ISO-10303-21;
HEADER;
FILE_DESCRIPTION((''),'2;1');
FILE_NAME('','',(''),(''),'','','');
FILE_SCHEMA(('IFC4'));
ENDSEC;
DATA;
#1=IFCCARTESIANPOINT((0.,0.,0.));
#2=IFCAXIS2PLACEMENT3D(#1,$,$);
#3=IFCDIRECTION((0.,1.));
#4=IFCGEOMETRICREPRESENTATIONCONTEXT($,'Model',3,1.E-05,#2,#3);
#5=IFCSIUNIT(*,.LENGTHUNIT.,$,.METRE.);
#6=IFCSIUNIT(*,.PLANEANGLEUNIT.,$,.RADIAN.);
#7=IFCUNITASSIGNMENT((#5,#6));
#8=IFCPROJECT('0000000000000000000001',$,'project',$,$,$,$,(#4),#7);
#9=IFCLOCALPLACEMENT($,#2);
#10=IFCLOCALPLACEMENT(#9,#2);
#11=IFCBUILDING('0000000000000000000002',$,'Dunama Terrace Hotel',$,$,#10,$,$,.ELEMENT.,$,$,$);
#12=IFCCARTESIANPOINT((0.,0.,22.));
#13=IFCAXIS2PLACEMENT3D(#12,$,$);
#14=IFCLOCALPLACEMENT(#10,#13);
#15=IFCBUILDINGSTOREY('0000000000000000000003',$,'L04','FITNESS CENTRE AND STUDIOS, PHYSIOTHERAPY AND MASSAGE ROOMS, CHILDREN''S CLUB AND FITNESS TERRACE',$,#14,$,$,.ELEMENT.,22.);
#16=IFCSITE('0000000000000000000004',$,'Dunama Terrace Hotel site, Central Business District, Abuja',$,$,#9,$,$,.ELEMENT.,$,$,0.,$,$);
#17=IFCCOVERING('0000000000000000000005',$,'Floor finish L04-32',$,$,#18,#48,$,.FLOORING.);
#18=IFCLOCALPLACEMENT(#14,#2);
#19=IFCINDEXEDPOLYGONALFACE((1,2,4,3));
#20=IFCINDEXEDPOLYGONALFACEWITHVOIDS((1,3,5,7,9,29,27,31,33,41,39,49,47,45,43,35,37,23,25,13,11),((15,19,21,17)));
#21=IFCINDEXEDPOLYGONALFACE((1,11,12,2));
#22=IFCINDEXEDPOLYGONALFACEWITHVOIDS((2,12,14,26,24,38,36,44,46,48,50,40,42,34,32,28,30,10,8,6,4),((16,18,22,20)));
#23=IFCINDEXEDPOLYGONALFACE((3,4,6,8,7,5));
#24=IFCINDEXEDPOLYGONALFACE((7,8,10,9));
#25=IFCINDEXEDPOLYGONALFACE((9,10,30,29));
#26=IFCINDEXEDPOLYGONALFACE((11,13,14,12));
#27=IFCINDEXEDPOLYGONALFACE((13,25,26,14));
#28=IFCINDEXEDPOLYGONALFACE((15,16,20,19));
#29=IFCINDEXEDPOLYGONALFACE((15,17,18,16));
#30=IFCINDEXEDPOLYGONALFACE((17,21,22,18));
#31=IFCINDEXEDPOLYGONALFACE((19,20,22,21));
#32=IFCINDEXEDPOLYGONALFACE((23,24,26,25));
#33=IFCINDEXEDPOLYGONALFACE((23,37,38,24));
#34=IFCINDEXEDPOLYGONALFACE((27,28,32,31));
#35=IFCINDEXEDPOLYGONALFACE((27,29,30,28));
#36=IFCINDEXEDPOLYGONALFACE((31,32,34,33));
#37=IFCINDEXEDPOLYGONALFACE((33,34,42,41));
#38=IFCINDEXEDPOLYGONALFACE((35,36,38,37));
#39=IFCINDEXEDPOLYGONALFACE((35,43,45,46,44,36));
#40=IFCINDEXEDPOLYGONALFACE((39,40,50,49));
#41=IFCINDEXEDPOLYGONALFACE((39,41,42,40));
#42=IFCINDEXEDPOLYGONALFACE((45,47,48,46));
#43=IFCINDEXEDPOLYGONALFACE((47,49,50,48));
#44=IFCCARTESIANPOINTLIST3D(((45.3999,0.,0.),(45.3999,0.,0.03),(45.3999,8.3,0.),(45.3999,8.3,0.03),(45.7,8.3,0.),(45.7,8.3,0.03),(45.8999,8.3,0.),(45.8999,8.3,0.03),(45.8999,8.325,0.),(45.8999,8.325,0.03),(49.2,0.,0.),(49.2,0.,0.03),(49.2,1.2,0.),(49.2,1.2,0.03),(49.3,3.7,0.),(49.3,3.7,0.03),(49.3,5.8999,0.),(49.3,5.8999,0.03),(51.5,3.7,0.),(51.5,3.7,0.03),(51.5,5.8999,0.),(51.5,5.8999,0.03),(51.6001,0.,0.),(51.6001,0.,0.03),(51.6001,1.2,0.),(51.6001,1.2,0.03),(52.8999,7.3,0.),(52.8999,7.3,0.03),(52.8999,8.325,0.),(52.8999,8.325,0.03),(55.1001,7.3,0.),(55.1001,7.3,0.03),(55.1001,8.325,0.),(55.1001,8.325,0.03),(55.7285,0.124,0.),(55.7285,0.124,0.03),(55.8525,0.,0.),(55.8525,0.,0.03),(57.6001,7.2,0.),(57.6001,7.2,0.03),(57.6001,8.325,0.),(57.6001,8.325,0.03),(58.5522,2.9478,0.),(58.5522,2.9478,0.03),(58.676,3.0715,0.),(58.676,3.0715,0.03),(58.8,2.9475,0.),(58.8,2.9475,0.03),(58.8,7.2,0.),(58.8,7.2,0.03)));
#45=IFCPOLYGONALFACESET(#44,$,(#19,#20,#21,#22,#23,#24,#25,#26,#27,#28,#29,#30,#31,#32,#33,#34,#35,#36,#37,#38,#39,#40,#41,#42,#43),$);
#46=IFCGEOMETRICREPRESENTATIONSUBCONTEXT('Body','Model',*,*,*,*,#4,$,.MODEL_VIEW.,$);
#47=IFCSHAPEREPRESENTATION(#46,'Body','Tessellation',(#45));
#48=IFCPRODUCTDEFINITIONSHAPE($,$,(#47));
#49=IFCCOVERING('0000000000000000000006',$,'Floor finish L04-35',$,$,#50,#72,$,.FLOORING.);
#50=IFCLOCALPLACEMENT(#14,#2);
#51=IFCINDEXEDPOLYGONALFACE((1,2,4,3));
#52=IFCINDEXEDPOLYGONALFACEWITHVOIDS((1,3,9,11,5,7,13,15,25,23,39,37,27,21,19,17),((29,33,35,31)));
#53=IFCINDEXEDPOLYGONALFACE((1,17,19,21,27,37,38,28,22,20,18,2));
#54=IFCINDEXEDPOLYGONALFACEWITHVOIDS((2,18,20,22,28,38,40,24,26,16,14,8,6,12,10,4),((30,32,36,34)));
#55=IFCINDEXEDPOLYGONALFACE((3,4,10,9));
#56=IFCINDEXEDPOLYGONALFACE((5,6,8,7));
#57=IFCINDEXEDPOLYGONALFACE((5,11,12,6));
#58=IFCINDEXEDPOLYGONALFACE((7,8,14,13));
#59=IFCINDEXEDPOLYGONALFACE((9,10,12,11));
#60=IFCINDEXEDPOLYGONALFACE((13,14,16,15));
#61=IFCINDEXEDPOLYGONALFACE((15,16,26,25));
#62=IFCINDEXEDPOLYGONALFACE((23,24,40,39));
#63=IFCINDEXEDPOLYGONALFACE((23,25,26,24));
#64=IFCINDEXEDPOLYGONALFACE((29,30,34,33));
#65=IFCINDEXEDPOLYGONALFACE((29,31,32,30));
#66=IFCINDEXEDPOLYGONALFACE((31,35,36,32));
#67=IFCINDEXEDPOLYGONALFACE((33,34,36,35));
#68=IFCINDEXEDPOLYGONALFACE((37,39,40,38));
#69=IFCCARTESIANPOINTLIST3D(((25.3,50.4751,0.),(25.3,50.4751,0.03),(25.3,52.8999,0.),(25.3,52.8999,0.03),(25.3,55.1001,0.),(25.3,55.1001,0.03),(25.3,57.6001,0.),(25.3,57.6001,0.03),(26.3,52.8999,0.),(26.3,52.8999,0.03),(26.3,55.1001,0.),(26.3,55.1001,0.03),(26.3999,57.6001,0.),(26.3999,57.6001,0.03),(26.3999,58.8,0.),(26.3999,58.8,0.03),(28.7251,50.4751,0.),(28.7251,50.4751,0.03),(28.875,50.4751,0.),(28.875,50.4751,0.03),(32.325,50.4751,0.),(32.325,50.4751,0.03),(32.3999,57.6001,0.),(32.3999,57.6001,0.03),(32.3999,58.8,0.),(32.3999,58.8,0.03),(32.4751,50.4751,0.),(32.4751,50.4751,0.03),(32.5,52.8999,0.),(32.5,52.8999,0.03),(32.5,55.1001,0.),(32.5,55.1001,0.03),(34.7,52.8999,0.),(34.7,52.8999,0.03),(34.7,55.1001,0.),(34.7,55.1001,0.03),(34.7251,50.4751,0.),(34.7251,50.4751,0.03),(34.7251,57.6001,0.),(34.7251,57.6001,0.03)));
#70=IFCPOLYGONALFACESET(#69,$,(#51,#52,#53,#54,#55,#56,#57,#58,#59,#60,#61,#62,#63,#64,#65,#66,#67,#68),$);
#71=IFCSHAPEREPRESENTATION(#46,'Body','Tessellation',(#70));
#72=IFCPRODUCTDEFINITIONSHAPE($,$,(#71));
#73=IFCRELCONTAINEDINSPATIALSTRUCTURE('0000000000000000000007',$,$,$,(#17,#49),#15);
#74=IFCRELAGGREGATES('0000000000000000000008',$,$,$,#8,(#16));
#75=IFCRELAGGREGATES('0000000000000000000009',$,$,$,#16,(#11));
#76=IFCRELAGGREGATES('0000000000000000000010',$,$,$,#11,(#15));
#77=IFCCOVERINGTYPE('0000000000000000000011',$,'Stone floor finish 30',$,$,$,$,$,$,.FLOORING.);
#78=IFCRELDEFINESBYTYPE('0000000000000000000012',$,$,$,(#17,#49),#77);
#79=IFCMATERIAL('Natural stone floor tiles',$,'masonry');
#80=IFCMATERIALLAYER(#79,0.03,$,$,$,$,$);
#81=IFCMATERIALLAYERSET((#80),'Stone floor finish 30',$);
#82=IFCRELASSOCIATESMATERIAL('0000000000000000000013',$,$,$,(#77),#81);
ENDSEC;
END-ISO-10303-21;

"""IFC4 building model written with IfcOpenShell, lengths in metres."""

from ifc_helpers import new_model, si_unit, direction, frame, origin, place, context, subcontext, project, spatial, polyline, outline, extrude, material, layer, layer_set, type_object, element, save


model = new_model("IFC4")

# Units and contexts
model_context = context("Model", 3, precision=1e-05, world=origin(), true_north=direction((0.0, 1.0)))
body_context = subcontext(model_context, "Body", "Model", "MODEL_VIEW")
ifc_project = project(units=[si_unit("LENGTHUNIT", "METRE"), si_unit("PLANEANGLEUNIT", "RADIAN")], contexts=[model_context])

# Site, building, storey
site_placement = place(None, origin())
site = spatial("IfcSite", under=ifc_project, at=site_placement, Name="Dunama Terrace Hotel site, Central Business District, Abuja", CompositionType="ELEMENT", RefElevation=0.0)
building_placement = place(site_placement, origin())
building = spatial("IfcBuilding", under=site, at=building_placement, Name="Dunama Terrace Hotel", CompositionType="ELEMENT")
storey_placement = place(building_placement, frame((0.0, 0.0, 22.0)))
storey = spatial("IfcBuildingStorey", under=building, at=storey_placement, Name="L04", Description="FITNESS CENTRE AND STUDIOS, PHYSIOTHERAPY AND MASSAGE ROOMS, CHILDREN'S CLUB AND FITNESS TERRACE", CompositionType="ELEMENT", Elevation=22.0)

# Coverings
ifc_material_1 = material(Name="Natural stone floor tiles", Category="masonry")
ifc_layer_1 = layer(ifc_material_1, 0.03)
ifc_layer_set_1 = layer_set([ifc_layer_1], Name="Stone floor finish 30")
covering_type_1 = type_object("IfcCoveringType", Name="Stone floor finish 30", PredefinedType="FLOORING", material=ifc_layer_set_1)
covering_1_placement = place(storey_placement, origin())
element("IfcCovering", 1, at=covering_1_placement, inside=storey, type_object=covering_type_1, Name="Floor finish L04-32", PredefinedType="FLOORING", context=body_context, shape_type="SweptSolid", body=[
    extrude(outline(polyline([(51.6001, 0.0), (55.8525, 0.0), (55.7285, 0.124), (58.5522, 2.9478), (58.676, 3.0715), (58.8, 2.9475), (58.8, 7.2), (57.6001, 7.2), (57.6001, 8.325), (55.1001, 8.325), (55.1001, 7.3), (52.8999, 7.3), (52.8999, 8.325), (45.8999, 8.325), (45.8999, 8.3), (45.7, 8.3), (45.3999, 8.3), (45.3999, 0.0), (49.2, 0.0), (49.2, 1.2), (51.6001, 1.2), (51.6001, 0.0)]), holes=[polyline([(49.3, 5.8999), (51.5, 5.8999), (51.5, 3.7), (49.3, 3.7), (49.3, 5.8999)])]), origin(), (0.0, 0.0, 1.0), 0.03),
])
covering_2_placement = place(storey_placement, origin())
element("IfcCovering", 2, at=covering_2_placement, inside=storey, type_object=covering_type_1, Name="Floor finish L04-35", PredefinedType="FLOORING", context=body_context, shape_type="SweptSolid", body=[
    extrude(outline(polyline([(32.3999, 58.8), (26.3999, 58.8), (26.3999, 57.6001), (25.3, 57.6001), (25.3, 55.1001), (26.3, 55.1001), (26.3, 52.8999), (25.3, 52.8999), (25.3, 50.4751), (28.7251, 50.4751), (28.875, 50.4751), (32.325, 50.4751), (32.4751, 50.4751), (34.7251, 50.4751), (34.7251, 57.6001), (32.3999, 57.6001), (32.3999, 58.8)]), holes=[polyline([(32.5, 55.1001), (34.7, 55.1001), (34.7, 52.8999), (32.5, 52.8999), (32.5, 55.1001)])]), origin(), (0.0, 0.0, 1.0), 0.03),
])

save(model, "model.ifc")
